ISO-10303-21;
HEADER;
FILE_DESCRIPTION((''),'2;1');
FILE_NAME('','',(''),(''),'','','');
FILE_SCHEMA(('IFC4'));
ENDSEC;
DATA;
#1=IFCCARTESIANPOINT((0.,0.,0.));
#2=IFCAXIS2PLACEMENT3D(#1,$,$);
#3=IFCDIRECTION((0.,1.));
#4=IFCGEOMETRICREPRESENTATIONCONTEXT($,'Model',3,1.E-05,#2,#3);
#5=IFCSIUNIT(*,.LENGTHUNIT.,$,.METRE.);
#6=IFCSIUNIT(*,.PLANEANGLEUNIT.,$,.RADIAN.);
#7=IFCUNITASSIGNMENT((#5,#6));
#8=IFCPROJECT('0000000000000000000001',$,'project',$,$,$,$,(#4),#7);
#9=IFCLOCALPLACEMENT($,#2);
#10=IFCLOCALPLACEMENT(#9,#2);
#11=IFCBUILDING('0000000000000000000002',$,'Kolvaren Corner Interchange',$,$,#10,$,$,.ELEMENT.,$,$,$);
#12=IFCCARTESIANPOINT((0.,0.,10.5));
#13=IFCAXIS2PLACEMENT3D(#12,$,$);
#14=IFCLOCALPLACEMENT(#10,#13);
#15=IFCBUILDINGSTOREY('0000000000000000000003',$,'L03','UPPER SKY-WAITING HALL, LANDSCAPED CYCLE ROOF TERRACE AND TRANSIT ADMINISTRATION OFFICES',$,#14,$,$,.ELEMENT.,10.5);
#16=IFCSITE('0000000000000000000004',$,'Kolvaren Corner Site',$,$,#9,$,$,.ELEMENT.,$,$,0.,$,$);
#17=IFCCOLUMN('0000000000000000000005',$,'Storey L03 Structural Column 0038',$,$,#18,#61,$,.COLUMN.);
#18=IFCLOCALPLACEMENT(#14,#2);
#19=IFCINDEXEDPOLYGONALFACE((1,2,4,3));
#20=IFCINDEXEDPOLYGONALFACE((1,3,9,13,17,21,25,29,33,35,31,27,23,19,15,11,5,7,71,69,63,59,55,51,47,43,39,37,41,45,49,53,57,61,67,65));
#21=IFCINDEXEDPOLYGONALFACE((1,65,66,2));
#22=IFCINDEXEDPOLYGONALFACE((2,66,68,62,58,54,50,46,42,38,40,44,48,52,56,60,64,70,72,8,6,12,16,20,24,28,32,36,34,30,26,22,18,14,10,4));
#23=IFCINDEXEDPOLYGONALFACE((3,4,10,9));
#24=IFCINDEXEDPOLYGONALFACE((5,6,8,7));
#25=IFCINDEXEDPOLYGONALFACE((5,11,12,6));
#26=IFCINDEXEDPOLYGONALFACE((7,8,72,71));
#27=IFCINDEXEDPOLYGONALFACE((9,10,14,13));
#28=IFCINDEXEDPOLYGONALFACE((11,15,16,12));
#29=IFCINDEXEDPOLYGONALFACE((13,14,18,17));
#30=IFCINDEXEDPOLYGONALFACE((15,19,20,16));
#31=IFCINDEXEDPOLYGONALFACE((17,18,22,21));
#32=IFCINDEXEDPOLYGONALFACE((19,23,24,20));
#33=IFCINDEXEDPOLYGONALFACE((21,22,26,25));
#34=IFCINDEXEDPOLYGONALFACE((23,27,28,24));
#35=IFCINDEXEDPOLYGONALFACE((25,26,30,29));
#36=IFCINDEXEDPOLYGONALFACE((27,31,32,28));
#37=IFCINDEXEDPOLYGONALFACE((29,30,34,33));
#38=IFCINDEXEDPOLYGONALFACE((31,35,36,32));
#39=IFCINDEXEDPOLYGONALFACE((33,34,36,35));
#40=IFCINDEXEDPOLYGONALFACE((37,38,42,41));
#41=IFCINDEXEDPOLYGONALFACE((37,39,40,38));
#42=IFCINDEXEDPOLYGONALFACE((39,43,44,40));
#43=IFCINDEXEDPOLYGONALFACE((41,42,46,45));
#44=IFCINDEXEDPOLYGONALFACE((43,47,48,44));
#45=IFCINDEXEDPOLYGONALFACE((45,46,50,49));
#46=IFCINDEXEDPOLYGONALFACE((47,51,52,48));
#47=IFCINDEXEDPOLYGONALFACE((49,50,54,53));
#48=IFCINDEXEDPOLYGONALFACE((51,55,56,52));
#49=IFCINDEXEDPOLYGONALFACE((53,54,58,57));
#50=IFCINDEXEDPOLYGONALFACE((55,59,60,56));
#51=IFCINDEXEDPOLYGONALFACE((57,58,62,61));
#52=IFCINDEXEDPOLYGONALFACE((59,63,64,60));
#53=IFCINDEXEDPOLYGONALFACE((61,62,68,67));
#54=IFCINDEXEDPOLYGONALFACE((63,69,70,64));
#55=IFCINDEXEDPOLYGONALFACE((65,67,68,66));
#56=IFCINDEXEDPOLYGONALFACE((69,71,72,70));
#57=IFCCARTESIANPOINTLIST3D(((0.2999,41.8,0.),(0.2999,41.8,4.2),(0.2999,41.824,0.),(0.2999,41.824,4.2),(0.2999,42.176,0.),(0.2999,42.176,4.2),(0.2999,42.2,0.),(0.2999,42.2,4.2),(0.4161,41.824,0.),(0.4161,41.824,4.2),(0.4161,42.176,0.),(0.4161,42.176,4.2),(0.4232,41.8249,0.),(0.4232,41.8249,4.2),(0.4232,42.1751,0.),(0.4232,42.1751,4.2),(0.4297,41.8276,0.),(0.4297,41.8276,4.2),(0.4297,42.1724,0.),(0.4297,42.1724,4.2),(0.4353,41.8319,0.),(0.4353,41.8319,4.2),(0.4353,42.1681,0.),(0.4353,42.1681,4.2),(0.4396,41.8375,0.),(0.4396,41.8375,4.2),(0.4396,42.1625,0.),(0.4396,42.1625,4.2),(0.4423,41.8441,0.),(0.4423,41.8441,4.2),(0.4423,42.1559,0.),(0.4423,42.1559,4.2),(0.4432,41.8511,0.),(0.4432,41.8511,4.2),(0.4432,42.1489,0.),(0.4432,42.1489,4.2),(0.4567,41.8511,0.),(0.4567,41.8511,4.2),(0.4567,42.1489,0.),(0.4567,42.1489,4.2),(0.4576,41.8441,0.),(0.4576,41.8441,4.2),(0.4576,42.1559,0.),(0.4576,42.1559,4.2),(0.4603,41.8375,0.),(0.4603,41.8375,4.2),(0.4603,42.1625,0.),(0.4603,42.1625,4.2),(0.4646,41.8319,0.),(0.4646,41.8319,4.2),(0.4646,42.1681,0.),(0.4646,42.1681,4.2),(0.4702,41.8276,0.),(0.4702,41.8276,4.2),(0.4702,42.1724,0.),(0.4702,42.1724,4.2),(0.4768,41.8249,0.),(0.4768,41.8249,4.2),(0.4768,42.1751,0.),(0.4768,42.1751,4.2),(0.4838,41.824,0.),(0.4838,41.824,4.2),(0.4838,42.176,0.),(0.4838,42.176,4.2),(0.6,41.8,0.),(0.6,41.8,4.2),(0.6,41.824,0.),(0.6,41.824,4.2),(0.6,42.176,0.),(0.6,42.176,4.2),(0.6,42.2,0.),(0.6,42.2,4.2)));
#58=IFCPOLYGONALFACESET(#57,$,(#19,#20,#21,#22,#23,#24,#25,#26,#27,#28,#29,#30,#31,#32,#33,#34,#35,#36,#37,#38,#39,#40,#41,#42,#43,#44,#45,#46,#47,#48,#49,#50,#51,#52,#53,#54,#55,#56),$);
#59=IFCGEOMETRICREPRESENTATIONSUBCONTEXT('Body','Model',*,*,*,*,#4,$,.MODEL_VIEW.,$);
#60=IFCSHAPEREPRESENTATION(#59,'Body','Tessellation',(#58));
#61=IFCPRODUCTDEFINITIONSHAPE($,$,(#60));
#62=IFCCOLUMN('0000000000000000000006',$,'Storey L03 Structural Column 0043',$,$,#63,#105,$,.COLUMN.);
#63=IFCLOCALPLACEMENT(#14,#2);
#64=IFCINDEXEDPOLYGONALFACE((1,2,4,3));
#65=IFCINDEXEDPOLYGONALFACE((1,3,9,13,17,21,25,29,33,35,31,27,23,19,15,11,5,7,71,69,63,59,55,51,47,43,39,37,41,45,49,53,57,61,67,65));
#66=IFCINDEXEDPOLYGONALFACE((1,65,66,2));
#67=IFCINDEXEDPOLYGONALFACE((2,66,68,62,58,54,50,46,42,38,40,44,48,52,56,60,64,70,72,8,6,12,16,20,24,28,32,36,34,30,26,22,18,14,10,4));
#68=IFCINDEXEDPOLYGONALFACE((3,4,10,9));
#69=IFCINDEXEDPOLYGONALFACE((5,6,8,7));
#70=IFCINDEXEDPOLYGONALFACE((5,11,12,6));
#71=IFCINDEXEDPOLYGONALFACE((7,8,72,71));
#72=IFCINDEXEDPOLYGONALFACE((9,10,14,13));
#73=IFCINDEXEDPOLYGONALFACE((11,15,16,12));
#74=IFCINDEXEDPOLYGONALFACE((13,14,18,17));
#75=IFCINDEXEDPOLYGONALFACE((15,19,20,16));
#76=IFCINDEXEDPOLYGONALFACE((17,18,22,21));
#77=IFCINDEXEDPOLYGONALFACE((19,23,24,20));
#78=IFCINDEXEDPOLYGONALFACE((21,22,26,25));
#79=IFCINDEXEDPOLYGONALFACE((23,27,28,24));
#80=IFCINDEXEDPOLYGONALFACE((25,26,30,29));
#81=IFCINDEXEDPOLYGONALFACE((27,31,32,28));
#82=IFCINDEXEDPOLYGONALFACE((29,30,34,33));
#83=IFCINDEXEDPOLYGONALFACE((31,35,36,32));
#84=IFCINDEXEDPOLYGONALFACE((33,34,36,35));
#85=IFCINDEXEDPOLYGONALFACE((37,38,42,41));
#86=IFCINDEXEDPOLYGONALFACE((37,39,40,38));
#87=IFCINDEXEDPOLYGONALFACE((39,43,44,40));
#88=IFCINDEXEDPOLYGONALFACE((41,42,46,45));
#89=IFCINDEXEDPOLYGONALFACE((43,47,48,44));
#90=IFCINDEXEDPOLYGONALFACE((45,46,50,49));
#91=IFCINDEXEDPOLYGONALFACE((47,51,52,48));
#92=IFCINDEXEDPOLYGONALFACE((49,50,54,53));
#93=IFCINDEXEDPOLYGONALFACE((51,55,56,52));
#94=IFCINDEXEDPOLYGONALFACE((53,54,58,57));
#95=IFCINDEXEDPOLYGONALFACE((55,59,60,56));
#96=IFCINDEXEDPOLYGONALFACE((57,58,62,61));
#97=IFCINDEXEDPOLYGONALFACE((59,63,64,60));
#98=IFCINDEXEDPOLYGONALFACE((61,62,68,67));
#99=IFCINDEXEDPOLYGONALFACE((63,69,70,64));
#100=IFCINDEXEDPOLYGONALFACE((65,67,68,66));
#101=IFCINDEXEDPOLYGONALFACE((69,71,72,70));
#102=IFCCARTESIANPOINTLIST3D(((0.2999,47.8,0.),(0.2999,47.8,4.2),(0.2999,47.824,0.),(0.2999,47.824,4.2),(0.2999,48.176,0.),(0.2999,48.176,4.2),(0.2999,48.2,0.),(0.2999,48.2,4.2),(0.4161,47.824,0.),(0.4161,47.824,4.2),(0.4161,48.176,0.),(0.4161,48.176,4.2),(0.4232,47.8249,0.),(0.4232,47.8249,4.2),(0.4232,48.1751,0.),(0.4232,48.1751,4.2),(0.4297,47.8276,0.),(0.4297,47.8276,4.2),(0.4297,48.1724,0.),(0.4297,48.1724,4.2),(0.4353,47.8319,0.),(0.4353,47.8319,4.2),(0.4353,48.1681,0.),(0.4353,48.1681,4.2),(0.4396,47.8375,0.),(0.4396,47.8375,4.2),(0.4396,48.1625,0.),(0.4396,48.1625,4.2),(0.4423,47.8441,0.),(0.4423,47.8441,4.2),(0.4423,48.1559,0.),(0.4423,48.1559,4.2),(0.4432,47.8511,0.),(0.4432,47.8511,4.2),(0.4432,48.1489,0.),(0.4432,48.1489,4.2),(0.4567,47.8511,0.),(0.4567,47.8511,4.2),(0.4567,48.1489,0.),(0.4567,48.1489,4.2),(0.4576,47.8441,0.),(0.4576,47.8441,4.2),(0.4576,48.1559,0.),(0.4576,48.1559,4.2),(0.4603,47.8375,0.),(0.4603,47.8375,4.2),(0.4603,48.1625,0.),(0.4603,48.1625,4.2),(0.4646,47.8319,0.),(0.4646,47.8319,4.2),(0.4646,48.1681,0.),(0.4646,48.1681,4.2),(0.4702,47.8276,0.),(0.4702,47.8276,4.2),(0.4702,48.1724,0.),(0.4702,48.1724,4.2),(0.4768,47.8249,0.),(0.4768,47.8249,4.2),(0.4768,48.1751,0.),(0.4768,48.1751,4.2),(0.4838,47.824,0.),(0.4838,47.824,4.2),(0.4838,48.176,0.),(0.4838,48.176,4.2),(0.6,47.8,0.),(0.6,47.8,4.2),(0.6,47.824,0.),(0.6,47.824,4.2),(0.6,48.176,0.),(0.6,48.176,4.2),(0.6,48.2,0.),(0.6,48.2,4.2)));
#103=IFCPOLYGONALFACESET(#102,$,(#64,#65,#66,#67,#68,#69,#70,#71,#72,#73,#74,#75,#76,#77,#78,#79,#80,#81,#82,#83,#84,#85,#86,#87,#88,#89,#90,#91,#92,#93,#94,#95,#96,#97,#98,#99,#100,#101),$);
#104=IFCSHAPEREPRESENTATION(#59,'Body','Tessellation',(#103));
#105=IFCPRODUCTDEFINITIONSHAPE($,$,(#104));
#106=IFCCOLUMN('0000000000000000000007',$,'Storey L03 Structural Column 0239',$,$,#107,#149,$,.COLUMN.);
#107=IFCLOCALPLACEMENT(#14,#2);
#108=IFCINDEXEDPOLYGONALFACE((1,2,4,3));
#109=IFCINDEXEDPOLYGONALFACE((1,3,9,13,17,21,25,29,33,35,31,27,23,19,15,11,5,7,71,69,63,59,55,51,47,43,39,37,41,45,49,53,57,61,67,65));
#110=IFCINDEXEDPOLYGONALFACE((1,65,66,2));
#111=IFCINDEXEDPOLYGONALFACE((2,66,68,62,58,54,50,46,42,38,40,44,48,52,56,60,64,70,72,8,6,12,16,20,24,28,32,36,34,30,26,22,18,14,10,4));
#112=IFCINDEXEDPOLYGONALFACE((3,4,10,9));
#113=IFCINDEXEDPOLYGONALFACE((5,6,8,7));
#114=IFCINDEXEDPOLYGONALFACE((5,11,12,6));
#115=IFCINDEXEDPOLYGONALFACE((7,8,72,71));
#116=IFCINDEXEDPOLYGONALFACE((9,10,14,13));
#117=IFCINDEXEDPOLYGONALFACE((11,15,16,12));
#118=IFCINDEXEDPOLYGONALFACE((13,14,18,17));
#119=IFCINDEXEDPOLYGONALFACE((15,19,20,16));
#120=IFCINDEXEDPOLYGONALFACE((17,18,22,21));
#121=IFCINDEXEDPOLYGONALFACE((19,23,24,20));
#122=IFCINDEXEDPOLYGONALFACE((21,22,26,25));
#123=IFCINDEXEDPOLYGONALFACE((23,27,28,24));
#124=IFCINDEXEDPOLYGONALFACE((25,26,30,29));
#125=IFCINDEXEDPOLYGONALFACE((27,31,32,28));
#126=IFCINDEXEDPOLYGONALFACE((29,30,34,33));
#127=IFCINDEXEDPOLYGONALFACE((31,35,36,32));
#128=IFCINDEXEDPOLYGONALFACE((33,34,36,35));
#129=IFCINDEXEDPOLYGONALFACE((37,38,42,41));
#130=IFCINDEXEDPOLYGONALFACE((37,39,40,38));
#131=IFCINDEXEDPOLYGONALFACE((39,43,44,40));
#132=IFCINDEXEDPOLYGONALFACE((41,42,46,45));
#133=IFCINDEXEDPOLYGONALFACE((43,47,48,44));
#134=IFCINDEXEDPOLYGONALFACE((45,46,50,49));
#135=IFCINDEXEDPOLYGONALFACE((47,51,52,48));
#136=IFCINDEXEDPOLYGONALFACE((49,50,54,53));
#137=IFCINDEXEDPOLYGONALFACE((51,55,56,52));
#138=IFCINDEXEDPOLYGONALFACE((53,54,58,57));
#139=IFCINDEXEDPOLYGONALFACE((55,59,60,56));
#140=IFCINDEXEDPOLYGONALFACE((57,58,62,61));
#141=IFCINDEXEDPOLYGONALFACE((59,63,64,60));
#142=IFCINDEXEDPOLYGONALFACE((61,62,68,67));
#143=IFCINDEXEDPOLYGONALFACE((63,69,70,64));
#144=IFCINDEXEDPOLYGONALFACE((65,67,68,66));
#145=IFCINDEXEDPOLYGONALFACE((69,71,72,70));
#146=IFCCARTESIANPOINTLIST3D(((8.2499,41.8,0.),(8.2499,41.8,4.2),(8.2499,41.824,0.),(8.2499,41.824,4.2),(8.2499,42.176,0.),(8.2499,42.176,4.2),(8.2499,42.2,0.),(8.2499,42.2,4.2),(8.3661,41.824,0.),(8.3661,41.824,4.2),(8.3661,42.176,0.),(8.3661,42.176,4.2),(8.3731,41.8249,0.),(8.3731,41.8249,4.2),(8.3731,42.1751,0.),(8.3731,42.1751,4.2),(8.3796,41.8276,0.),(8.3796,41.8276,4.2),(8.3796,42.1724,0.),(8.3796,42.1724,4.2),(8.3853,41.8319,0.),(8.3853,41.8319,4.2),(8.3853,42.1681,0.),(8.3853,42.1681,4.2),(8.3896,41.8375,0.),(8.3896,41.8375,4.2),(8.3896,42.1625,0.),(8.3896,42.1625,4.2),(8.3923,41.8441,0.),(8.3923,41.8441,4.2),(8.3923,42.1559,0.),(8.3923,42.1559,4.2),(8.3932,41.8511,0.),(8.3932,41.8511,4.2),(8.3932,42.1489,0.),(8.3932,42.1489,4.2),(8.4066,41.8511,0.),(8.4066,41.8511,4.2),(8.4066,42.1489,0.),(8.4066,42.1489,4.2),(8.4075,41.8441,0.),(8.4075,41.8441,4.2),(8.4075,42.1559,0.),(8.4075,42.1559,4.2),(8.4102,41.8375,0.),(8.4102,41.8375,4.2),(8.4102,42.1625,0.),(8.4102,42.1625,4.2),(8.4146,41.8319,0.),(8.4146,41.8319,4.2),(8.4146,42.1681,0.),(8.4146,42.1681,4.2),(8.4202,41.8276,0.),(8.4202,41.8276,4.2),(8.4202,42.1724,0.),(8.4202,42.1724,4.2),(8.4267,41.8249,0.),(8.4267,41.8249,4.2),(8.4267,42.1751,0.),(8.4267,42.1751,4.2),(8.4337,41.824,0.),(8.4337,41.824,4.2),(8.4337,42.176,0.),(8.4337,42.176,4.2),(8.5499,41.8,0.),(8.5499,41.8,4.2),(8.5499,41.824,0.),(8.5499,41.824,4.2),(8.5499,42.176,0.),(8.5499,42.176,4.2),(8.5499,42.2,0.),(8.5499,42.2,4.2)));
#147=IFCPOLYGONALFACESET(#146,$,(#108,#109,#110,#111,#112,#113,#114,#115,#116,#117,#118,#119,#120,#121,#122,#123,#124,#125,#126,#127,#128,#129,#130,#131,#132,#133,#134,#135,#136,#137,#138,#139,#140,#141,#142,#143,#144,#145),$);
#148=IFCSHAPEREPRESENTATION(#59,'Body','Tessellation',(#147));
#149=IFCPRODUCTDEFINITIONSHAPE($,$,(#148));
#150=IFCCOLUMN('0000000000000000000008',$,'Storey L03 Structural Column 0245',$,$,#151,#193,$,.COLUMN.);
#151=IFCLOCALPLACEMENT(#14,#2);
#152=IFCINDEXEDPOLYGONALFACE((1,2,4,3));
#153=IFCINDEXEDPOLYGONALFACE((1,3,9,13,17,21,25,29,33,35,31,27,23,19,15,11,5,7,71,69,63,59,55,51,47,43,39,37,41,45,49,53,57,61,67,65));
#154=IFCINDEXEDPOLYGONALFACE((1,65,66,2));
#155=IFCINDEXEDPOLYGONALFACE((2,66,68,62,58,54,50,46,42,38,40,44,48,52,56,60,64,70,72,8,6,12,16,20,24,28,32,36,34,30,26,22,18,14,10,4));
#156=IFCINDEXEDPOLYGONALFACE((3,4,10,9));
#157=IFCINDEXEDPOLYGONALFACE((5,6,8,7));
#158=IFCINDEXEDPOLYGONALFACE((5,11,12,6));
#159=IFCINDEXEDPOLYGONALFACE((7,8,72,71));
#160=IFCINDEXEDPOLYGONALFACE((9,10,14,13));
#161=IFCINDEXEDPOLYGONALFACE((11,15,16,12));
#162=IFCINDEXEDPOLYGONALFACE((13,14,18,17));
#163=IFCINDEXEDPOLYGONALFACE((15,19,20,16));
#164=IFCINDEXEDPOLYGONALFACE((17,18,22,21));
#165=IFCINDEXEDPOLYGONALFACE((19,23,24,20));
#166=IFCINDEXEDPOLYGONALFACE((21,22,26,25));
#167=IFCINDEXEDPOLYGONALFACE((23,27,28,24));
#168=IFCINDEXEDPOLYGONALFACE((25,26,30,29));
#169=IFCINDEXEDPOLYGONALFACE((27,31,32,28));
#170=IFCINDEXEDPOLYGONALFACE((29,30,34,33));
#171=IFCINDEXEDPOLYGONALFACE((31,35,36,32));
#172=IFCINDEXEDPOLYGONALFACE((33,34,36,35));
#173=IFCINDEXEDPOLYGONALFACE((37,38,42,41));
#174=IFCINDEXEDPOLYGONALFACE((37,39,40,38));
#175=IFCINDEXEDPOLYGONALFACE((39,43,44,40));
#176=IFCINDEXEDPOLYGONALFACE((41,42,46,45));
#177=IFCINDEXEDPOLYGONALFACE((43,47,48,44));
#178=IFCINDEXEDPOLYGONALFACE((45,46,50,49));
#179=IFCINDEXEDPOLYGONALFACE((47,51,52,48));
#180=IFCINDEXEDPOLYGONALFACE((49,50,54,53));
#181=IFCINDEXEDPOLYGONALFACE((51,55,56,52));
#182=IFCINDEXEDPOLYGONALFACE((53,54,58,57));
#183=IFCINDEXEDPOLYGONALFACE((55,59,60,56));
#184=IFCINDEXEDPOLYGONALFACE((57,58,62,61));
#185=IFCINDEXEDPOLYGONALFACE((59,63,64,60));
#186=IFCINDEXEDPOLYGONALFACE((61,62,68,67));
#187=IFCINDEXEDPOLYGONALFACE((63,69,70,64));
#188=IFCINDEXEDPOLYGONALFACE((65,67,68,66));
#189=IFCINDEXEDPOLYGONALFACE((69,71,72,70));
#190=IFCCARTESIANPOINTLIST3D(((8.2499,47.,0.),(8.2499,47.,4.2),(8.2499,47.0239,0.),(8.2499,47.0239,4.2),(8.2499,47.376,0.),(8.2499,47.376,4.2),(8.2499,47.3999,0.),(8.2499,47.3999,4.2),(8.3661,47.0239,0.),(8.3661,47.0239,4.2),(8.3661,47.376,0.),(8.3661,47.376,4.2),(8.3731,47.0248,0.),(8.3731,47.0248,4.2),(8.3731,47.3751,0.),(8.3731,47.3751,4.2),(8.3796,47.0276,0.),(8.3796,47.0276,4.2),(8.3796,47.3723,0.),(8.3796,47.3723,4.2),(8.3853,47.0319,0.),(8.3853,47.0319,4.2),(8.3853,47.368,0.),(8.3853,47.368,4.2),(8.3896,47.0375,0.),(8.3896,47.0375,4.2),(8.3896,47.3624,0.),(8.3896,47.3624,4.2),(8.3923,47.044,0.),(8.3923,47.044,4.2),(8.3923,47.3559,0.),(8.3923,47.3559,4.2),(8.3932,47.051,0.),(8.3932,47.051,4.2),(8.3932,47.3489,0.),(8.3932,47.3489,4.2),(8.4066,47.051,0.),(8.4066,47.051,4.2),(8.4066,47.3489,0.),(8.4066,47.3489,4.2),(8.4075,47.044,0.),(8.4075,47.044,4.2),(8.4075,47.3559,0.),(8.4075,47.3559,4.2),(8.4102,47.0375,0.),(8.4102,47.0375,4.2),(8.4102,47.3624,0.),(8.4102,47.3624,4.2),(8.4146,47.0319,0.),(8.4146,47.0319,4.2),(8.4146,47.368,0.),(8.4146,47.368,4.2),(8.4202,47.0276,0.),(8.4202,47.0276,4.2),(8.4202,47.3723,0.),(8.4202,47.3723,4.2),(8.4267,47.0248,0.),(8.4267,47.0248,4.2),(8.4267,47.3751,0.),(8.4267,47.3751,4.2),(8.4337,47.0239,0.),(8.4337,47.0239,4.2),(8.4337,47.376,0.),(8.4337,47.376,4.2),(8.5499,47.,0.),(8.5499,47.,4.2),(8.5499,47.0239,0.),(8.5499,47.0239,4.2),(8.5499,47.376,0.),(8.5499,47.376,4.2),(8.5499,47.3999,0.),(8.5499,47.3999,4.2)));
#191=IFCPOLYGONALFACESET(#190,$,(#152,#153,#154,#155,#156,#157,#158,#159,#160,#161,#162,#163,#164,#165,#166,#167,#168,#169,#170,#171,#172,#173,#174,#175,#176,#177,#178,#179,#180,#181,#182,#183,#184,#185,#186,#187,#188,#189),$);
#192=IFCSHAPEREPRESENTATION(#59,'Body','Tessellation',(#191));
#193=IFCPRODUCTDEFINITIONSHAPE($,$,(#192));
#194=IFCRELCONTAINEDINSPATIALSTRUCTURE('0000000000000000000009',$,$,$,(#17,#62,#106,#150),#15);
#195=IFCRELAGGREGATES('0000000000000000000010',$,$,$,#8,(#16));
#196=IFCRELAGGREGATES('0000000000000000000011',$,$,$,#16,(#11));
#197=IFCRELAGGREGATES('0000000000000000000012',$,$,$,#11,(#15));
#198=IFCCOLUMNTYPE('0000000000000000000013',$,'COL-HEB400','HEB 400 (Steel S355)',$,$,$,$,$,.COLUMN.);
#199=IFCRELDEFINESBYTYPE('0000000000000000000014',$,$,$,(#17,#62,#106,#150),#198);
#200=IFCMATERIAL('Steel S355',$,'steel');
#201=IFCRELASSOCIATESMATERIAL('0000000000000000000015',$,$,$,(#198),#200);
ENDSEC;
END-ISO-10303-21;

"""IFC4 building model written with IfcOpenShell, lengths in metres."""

from ifc_helpers import new_model, si_unit, direction, frame, origin, origin_2d, place, context, subcontext, project, spatial, i_section, extrude, material, material_profile, profile_set, type_object, element, save


model = new_model("IFC4")

# Units and contexts
model_context = context("Model", 3, precision=1e-05, world=origin(), true_north=direction((0.0, 1.0)))
body_context = subcontext(model_context, "Body", "Model", "MODEL_VIEW")
ifc_project = project(units=[si_unit("LENGTHUNIT", "METRE"), si_unit("PLANEANGLEUNIT", "RADIAN")], contexts=[model_context])

# Site, building, storey
site_placement = place(None, origin())
site = spatial("IfcSite", under=ifc_project, at=site_placement, Name="Kolvaren Corner Site", CompositionType="ELEMENT", RefElevation=0.0)
building_placement = place(site_placement, origin())
building = spatial("IfcBuilding", under=site, at=building_placement, Name="Kolvaren Corner Interchange", CompositionType="ELEMENT")
storey_placement = place(building_placement, frame((0.0, 0.0, 10.5)))
storey = spatial("IfcBuildingStorey", under=building, at=storey_placement, Name="L03", Description="UPPER SKY-WAITING HALL, LANDSCAPED CYCLE ROOF TERRACE AND TRANSIT ADMINISTRATION OFFICES", CompositionType="ELEMENT", Elevation=10.5)

# Columns
ifc_material_1 = material(Name="Steel S355", Category="steel")
ifc_material_profile_1 = material_profile(ifc_material_1, i_section(OverallWidth=0.3, OverallDepth=0.3999, WebThickness=0.0134, FlangeThickness=0.0239, FilletRadius=0.0271, at=origin_2d()), Name="HEB 400")
ifc_profile_set_1 = profile_set([ifc_material_profile_1], Name="Steel S355")
column_type_1 = type_object("IfcColumnType", Name="COL-HEB400", Description="HEB 400 (Steel S355)", PredefinedType="COLUMN", material=ifc_profile_set_1)
for number, where, z_axis, x_axis, name in (
    (1, (0.45, 42.0, 0.0), (0.0, 0.0, 1.0), (1.0, 0.0, 0.0), "Storey L03 Structural Column 0038"),
    (2, (0.45, 48.0, 0.0), (0.0, 0.0, 1.0), (1.0, 0.0, 0.0), "Storey L03 Structural Column 0043"),
    (3, (8.3999, 42.0, 0.0), (0.0, 0.0, 1.0), (1.0, 0.0, 0.0), "Storey L03 Structural Column 0239"),
    (4, (8.3999, 47.2, 0.0), (0.0, 0.0, 1.0), (1.0, 0.0, 0.0), "Storey L03 Structural Column 0245"),
):
    element("IfcColumn", number, at=place(storey_placement, frame(where, z_axis=z_axis, x_axis=x_axis)), inside=storey, type_object=column_type_1, Name=name, PredefinedType="COLUMN", context=body_context, shape_type="SweptSolid", body=[
        extrude(i_section(OverallWidth=0.3, OverallDepth=0.3999, WebThickness=0.0134, FlangeThickness=0.0239, FilletRadius=0.0271, at=origin_2d()), origin(), (0.0, 0.0, 1.0), 4.2),
    ])

save(model, "model.ifc")
